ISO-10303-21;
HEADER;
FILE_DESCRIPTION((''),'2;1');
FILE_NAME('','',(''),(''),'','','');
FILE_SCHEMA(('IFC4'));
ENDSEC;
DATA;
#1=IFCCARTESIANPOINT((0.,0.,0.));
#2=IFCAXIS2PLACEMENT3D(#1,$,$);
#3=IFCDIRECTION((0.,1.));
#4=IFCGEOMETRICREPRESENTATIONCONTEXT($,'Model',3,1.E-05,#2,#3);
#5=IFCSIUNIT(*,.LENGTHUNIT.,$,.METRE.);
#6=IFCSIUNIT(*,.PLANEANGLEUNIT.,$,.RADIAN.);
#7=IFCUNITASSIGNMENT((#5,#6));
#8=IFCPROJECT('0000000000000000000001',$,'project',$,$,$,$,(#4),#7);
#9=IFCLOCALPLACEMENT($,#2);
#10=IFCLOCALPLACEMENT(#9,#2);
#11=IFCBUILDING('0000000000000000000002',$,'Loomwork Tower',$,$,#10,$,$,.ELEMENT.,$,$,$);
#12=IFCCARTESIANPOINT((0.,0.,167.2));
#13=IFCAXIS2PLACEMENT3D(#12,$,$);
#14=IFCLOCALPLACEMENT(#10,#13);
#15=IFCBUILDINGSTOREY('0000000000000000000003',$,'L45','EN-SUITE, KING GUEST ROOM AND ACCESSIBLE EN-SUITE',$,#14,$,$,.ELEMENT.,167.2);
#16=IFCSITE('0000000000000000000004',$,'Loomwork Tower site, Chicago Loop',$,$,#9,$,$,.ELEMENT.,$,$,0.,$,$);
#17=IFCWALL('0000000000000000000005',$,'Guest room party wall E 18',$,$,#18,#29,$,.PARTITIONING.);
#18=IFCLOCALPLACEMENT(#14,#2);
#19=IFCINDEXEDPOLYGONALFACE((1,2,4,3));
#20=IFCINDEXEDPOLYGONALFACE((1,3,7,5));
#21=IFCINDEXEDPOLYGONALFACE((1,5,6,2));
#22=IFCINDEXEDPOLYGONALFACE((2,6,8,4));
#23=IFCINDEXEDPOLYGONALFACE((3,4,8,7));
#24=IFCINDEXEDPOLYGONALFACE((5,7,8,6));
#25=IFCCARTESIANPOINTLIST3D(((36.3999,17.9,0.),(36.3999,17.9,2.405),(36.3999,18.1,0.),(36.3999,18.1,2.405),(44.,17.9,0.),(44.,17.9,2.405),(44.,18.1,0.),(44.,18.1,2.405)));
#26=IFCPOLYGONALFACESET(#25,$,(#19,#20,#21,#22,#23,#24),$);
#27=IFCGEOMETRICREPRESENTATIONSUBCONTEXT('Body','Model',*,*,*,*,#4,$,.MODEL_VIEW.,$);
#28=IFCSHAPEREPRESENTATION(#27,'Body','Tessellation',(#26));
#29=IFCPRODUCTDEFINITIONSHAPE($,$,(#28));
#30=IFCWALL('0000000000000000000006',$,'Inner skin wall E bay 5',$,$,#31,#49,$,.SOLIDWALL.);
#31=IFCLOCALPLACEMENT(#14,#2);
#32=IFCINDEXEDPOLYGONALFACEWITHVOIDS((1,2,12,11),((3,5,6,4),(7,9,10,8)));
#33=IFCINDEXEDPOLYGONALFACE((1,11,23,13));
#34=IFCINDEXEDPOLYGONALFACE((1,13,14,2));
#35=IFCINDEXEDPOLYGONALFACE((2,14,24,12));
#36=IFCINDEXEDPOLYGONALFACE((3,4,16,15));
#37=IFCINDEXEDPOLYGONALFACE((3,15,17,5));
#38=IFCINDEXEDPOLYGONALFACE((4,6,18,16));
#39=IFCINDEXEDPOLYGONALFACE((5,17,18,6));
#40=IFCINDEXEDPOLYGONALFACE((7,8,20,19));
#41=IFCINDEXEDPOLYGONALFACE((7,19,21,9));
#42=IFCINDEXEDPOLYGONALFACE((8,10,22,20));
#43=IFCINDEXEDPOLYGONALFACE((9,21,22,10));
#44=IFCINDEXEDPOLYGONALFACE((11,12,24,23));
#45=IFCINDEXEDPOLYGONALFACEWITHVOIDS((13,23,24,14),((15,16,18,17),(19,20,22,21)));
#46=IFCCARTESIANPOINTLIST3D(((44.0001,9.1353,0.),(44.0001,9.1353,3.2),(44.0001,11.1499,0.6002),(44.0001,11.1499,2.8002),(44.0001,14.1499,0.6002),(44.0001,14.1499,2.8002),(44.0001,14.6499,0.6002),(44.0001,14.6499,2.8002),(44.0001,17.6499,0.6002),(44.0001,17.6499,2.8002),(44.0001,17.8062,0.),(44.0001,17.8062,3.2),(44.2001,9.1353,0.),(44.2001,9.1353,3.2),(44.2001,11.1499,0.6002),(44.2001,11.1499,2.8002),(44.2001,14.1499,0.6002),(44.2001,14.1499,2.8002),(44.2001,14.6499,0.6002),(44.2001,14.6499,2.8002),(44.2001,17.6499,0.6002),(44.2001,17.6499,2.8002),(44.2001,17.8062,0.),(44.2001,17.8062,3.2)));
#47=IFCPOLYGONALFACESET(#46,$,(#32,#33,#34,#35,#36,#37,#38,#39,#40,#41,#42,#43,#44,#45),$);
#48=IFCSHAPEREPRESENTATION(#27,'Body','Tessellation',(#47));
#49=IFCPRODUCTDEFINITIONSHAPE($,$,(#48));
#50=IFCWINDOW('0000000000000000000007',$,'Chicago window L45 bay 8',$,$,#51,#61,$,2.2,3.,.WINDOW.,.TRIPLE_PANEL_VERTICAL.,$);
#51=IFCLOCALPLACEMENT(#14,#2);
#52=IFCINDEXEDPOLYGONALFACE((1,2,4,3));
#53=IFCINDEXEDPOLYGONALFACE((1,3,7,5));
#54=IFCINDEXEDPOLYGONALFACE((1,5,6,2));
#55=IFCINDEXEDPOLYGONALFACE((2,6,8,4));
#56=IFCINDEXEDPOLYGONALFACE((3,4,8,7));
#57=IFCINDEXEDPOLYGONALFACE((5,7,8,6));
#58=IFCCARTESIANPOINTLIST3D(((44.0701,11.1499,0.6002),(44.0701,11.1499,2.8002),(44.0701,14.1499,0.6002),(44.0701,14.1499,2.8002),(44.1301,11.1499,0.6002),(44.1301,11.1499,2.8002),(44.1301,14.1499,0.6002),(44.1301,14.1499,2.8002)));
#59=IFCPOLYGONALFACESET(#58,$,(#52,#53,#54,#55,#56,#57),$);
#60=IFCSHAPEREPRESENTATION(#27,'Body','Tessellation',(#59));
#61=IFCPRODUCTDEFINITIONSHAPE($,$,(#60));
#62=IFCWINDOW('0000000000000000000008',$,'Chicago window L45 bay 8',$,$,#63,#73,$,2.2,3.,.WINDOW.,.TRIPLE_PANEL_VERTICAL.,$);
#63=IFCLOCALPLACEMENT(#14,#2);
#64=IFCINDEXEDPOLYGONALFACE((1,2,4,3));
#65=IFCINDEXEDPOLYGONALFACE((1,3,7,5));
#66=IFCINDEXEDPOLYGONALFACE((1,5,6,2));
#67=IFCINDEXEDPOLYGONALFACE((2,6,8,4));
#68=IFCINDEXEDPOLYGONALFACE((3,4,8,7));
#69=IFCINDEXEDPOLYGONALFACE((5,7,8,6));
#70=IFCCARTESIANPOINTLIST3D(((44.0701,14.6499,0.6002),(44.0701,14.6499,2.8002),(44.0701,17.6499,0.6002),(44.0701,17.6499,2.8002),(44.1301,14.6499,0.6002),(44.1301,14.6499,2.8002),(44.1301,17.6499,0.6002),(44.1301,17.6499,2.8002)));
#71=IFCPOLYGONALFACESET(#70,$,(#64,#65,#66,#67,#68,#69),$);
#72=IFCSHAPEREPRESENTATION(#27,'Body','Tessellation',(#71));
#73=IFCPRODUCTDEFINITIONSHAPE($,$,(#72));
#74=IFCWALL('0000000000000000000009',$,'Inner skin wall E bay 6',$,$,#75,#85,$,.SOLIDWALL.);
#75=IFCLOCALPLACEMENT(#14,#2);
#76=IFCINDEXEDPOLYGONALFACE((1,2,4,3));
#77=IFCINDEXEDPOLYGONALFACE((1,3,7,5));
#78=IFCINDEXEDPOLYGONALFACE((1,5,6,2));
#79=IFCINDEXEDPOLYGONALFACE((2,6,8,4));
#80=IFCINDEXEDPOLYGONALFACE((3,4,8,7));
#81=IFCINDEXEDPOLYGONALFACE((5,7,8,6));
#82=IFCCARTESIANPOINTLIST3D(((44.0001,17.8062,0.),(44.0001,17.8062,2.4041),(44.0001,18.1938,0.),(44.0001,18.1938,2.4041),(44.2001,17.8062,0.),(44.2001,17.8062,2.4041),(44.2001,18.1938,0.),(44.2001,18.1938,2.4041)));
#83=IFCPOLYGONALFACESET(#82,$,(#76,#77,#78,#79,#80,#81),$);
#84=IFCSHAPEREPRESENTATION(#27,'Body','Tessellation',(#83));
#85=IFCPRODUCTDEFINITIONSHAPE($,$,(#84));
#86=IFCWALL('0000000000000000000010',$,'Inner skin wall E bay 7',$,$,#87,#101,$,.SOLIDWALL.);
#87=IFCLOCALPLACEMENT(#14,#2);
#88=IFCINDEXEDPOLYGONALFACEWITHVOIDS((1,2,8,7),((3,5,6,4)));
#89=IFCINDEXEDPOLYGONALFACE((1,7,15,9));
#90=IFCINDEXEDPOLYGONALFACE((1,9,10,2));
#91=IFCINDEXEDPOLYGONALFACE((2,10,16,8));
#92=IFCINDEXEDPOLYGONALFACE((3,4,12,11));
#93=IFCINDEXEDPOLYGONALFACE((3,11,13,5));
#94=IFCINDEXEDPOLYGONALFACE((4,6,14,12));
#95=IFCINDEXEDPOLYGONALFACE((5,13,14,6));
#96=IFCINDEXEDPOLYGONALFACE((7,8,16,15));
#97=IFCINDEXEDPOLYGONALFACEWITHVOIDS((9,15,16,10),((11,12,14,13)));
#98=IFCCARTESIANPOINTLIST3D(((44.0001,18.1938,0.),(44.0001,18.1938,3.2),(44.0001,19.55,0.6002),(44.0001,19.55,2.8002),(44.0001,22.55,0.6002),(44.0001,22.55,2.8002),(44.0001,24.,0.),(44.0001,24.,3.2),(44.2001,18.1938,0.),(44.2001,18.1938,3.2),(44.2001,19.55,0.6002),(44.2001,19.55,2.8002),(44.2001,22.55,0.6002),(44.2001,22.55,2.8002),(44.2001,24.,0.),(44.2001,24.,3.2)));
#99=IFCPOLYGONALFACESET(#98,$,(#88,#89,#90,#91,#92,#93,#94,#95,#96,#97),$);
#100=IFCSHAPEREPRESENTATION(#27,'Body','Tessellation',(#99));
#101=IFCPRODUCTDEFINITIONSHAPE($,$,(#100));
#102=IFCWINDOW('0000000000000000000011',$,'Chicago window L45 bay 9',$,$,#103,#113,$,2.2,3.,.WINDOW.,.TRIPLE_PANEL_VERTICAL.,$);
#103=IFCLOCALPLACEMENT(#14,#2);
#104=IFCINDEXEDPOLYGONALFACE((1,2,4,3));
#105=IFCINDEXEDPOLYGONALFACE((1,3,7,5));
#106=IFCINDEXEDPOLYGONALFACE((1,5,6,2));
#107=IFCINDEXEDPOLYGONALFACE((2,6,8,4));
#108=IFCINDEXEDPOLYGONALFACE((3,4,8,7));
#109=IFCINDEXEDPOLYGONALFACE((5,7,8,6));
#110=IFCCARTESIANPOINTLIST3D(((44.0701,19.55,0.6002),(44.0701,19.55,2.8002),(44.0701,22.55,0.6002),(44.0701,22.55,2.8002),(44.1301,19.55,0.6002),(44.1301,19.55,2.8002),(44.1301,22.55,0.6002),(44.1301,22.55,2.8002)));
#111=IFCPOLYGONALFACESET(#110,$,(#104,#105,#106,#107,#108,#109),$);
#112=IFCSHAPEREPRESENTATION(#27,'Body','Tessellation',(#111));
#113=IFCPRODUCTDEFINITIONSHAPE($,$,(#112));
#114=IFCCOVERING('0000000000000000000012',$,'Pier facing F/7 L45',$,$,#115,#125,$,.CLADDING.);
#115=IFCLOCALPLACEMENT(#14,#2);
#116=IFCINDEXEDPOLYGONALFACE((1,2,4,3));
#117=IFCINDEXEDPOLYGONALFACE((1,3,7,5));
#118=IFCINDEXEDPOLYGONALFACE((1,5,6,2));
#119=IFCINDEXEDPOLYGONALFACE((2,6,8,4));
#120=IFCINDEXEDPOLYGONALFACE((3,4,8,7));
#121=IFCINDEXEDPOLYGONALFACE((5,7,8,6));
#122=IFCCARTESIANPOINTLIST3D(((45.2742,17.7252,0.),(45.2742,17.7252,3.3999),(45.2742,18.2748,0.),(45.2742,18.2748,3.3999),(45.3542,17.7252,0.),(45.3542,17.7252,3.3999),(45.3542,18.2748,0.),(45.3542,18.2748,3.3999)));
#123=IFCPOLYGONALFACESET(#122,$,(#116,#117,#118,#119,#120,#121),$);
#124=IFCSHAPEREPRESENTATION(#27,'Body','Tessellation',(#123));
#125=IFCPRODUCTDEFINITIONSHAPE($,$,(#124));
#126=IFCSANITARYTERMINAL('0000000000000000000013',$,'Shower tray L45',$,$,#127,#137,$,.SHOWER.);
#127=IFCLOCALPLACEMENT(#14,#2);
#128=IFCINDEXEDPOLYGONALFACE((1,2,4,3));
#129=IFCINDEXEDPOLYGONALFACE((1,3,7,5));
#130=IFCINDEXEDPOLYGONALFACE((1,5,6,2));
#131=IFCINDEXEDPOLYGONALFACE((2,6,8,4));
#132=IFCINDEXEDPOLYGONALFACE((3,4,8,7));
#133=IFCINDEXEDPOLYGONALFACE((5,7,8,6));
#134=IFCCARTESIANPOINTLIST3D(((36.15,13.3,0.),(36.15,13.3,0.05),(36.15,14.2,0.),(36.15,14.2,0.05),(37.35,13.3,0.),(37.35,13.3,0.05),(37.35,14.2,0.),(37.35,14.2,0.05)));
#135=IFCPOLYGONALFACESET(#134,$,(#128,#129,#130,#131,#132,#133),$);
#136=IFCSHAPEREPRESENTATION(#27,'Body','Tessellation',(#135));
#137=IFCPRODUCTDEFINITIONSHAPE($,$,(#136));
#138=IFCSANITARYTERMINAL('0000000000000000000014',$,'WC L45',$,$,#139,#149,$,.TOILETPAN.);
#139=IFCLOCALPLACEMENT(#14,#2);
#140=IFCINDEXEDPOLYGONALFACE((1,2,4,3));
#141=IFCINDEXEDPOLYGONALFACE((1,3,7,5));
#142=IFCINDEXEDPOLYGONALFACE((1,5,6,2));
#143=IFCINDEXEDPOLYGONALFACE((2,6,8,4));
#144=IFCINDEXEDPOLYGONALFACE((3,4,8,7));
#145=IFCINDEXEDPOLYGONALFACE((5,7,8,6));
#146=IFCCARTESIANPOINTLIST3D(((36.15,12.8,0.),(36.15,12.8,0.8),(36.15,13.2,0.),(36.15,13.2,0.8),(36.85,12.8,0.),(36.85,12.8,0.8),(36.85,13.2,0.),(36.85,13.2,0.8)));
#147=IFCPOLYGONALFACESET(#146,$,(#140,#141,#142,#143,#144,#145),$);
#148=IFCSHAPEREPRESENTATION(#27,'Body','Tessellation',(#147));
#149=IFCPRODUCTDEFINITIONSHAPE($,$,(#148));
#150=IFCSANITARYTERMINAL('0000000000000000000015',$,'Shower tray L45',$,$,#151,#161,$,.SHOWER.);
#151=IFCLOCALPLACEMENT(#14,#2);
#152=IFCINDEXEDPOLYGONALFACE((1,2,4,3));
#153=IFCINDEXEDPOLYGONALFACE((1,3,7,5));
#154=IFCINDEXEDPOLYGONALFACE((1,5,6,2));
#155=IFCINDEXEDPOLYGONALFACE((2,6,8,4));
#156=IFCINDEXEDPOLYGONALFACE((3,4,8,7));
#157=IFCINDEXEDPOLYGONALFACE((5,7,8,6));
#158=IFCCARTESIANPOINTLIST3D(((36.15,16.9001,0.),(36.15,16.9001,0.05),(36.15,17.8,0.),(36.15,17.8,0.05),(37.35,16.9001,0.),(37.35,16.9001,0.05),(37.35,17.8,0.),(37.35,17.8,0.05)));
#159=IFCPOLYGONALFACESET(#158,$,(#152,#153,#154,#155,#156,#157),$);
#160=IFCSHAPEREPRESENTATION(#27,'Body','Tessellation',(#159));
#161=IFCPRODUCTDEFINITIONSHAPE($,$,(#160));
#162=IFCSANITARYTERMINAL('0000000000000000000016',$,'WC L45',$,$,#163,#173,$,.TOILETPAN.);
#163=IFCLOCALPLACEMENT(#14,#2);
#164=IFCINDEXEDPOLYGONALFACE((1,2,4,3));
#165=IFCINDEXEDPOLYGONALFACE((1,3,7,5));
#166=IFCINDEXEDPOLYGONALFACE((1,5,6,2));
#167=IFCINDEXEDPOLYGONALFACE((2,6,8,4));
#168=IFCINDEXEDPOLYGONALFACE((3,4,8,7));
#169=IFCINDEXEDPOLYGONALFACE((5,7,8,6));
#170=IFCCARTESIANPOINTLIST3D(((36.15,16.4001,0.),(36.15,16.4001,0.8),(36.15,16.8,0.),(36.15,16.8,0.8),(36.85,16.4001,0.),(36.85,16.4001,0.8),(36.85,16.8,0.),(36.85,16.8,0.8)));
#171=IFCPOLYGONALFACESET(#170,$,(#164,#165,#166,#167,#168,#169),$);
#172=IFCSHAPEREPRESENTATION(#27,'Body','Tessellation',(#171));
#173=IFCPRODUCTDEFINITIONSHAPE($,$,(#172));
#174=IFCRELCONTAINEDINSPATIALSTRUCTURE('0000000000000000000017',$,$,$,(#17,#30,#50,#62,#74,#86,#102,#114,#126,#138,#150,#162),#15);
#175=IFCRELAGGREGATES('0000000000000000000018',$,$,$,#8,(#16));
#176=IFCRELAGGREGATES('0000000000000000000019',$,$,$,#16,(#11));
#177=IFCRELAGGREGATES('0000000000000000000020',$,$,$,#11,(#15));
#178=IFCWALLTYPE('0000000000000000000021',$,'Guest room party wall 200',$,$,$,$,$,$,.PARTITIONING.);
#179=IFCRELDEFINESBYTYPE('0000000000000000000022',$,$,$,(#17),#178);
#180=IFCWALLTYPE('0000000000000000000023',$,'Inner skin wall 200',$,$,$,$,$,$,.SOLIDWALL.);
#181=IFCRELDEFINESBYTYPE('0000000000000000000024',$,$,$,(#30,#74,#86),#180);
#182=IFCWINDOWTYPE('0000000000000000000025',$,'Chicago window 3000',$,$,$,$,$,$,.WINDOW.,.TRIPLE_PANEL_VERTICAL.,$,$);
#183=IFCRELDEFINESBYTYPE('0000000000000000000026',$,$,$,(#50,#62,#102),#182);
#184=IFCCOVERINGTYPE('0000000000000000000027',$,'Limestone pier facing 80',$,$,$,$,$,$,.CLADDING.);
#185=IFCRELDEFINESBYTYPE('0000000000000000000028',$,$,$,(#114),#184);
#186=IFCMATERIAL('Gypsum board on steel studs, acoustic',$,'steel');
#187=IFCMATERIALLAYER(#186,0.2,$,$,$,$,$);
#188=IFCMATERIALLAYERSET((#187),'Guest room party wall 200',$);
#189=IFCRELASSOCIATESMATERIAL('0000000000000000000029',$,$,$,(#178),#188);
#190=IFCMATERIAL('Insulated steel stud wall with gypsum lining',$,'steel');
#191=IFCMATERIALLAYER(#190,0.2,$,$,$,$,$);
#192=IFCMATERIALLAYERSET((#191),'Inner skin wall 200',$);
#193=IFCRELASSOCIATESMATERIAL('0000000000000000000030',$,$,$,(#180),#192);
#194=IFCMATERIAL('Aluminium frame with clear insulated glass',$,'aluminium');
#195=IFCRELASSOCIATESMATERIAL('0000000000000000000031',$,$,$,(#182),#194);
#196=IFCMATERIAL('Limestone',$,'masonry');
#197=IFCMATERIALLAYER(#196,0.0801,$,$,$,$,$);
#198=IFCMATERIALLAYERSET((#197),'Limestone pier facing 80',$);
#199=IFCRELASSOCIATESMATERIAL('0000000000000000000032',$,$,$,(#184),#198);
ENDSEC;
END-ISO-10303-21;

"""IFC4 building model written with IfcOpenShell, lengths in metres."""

from ifc_helpers import new_model, si_unit, direction, frame, frame_2d, origin, origin_2d, place, context, subcontext, project, spatial, rectangle, extrude, material, layer, layer_set, type_object, element, fill, save


model = new_model("IFC4")

# Units and contexts
model_context = context("Model", 3, precision=1e-05, world=origin(), true_north=direction((0.0, 1.0)))
body_context = subcontext(model_context, "Body", "Model", "MODEL_VIEW")
ifc_project = project(units=[si_unit("LENGTHUNIT", "METRE"), si_unit("PLANEANGLEUNIT", "RADIAN")], contexts=[model_context])

# Site, building, storey
site_placement = place(None, origin())
site = spatial("IfcSite", under=ifc_project, at=site_placement, Name="Loomwork Tower site, Chicago Loop", CompositionType="ELEMENT", RefElevation=0.0)
building_placement = place(site_placement, origin())
building = spatial("IfcBuilding", under=site, at=building_placement, Name="Loomwork Tower", CompositionType="ELEMENT")
storey_placement = place(building_placement, frame((0.0, 0.0, 167.2)))
storey = spatial("IfcBuildingStorey", under=building, at=storey_placement, Name="L45", Description="EN-SUITE, KING GUEST ROOM AND ACCESSIBLE EN-SUITE", CompositionType="ELEMENT", Elevation=167.2)

# Wall
ifc_material_1 = material(Name="Gypsum board on steel studs, acoustic", Category="steel")
ifc_layer_1 = layer(ifc_material_1, 0.2)
ifc_layer_set_1 = layer_set([ifc_layer_1], Name="Guest room party wall 200")
wall_type_1 = type_object("IfcWallType", Name="Guest room party wall 200", PredefinedType="PARTITIONING", material=ifc_layer_set_1)
wall_1_placement = place(storey_placement, frame((36.3999, 18.0, 0.0), z_axis=(0.0, 0.0, 1.0), x_axis=(1.0, 0.0, 0.0)))
element("IfcWall", 1, at=wall_1_placement, inside=storey, type_object=wall_type_1, Name="Guest room party wall E 18", PredefinedType="PARTITIONING", context=body_context, shape_type="SweptSolid", body=[
    extrude(rectangle(XDim=7.6001, YDim=0.2, at=frame_2d((3.8, 0.0))), origin(), (0.0, 0.0, 1.0), 2.405),
])

# Wall, openings, windows
ifc_material_2 = material(Name="Insulated steel stud wall with gypsum lining", Category="steel")
ifc_layer_2 = layer(ifc_material_2, 0.2)
ifc_layer_set_2 = layer_set([ifc_layer_2], Name="Inner skin wall 200")
wall_type_2 = type_object("IfcWallType", Name="Inner skin wall 200", PredefinedType="SOLIDWALL", material=ifc_layer_set_2)
wall_2_placement = place(storey_placement, frame((44.1001, 9.1353, 0.0), z_axis=(0.0, 0.0, 1.0), x_axis=(0.0, 1.0, 0.0)))
wall_2 = element("IfcWall", 2, at=wall_2_placement, inside=storey, type_object=wall_type_2, Name="Inner skin wall E bay 5", PredefinedType="SOLIDWALL", context=body_context, shape_type="SweptSolid", body=[
    extrude(rectangle(XDim=8.6709, YDim=0.2, at=frame_2d((4.3354, 0.0))), origin(), (0.0, 0.0, 1.0), 3.2),
])
opening_1_placement = place(wall_2_placement, frame((2.0146, 0.0, 0.6001)))
opening_1 = element("IfcOpeningElement", 3, at=opening_1_placement, cuts=wall_2, PredefinedType="OPENING", context=body_context, shape_type="SweptSolid", body=[
    extrude(rectangle(XDim=3.0, YDim=2.2, at=frame_2d((1.5, 1.1001))), frame((0.0, 0.1099, 0.0), z_axis=(0.0, -1.0, 0.0), x_axis=(1.0, 0.0, 0.0)), (0.0, 0.0, 1.0), 0.22),
])
opening_2_placement = place(wall_2_placement, frame((5.5146, 0.0, 0.6001)))
opening_2 = element("IfcOpeningElement", 4, at=opening_2_placement, cuts=wall_2, PredefinedType="OPENING", context=body_context, shape_type="SweptSolid", body=[
    extrude(rectangle(XDim=3.0, YDim=2.2, at=frame_2d((1.5, 1.1001))), frame((0.0, 0.1099, 0.0), z_axis=(0.0, -1.0, 0.0), x_axis=(1.0, 0.0, 0.0)), (0.0, 0.0, 1.0), 0.22),
])
ifc_material_3 = material(Name="Aluminium frame with clear insulated glass", Category="aluminium")
window_type = type_object("IfcWindowType", Name="Chicago window 3000", PartitioningType="TRIPLE_PANEL_VERTICAL", PredefinedType="WINDOW", material=ifc_material_3)
window_1_placement = place(opening_1_placement, origin())
window_1 = element("IfcWindow", 5, at=window_1_placement, inside=storey, type_object=window_type, Name="Chicago window L45 bay 8", OverallHeight=2.2, OverallWidth=3.0, PartitioningType="TRIPLE_PANEL_VERTICAL", PredefinedType="WINDOW", context=body_context, shape_type="SweptSolid", body=[
    extrude(rectangle(XDim=3.0, YDim=2.2, at=frame_2d((1.5, 1.1001))), frame((0.0, 0.03, 0.0), z_axis=(0.0, -1.0, 0.0), x_axis=(1.0, 0.0, 0.0)), (0.0, 0.0, 1.0), 0.0601),
])
fill(opening_1, window_1)
window_2_placement = place(opening_2_placement, origin())
window_2 = element("IfcWindow", 6, at=window_2_placement, inside=storey, type_object=window_type, Name="Chicago window L45 bay 8", OverallHeight=2.2, OverallWidth=3.0, PartitioningType="TRIPLE_PANEL_VERTICAL", PredefinedType="WINDOW", context=body_context, shape_type="SweptSolid", body=[
    extrude(rectangle(XDim=3.0, YDim=2.2, at=frame_2d((1.5, 1.1001))), frame((0.0, 0.03, 0.0), z_axis=(0.0, -1.0, 0.0), x_axis=(1.0, 0.0, 0.0)), (0.0, 0.0, 1.0), 0.0601),
])
fill(opening_2, window_2)

# Wall
wall_3_placement = place(storey_placement, frame((44.1001, 17.8062, 0.0), z_axis=(0.0, 0.0, 1.0), x_axis=(0.0, 1.0, 0.0)))
element("IfcWall", 7, at=wall_3_placement, inside=storey, type_object=wall_type_2, Name="Inner skin wall E bay 6", PredefinedType="SOLIDWALL", context=body_context, shape_type="SweptSolid", body=[
    extrude(rectangle(XDim=0.3877, YDim=0.2, at=frame_2d((0.1938, 0.0))), origin(), (0.0, 0.0, 1.0), 2.4041),
])

# Wall, opening, window
wall_4_placement = place(storey_placement, frame((44.1001, 18.1938, 0.0), z_axis=(0.0, 0.0, 1.0), x_axis=(0.0, 1.0, 0.0)))
wall_4 = element("IfcWall", 8, at=wall_4_placement, inside=storey, type_object=wall_type_2, Name="Inner skin wall E bay 7", PredefinedType="SOLIDWALL", context=body_context, shape_type="SweptSolid", body=[
    extrude(rectangle(XDim=5.8062, YDim=0.2, at=frame_2d((2.9031, 0.0))), origin(), (0.0, 0.0, 1.0), 3.2),
])
opening_3_placement = place(wall_4_placement, frame((1.3562, 0.0, 0.6001)))
opening_3 = element("IfcOpeningElement", 9, at=opening_3_placement, cuts=wall_4, PredefinedType="OPENING", context=body_context, shape_type="SweptSolid", body=[
    extrude(rectangle(XDim=3.0, YDim=2.2, at=frame_2d((1.5, 1.1001))), frame((0.0, 0.1099, 0.0), z_axis=(0.0, -1.0, 0.0), x_axis=(1.0, 0.0, 0.0)), (0.0, 0.0, 1.0), 0.22),
])
window_3_placement = place(opening_3_placement, origin())
window_3 = element("IfcWindow", 10, at=window_3_placement, inside=storey, type_object=window_type, Name="Chicago window L45 bay 9", OverallHeight=2.2, OverallWidth=3.0, PartitioningType="TRIPLE_PANEL_VERTICAL", PredefinedType="WINDOW", context=body_context, shape_type="SweptSolid", body=[
    extrude(rectangle(XDim=3.0, YDim=2.2, at=frame_2d((1.5, 1.1001))), frame((0.0, 0.03, 0.0), z_axis=(0.0, -1.0, 0.0), x_axis=(1.0, 0.0, 0.0)), (0.0, 0.0, 1.0), 0.0601),
])
fill(opening_3, window_3)

# Covering
ifc_material_4 = material(Name="Limestone", Category="masonry")
ifc_layer_3 = layer(ifc_material_4, 0.0801)
ifc_layer_set_3 = layer_set([ifc_layer_3], Name="Limestone pier facing 80")
covering_type = type_object("IfcCoveringType", Name="Limestone pier facing 80", PredefinedType="CLADDING", material=ifc_layer_set_3)
covering_placement = place(storey_placement, frame((45.3142, 18.0, 0.0), z_axis=(0.0, 0.0, 1.0), x_axis=(1.0, 0.0, 0.0)))
element("IfcCovering", 11, at=covering_placement, inside=storey, type_object=covering_type, Name="Pier facing F/7 L45", PredefinedType="CLADDING", context=body_context, shape_type="SweptSolid", body=[
    extrude(rectangle(XDim=0.0801, YDim=0.5496, at=origin_2d()), origin(), (0.0, 0.0, 1.0), 3.3999),
])

# Sanitary terminals
sanitary_terminal_1_placement = place(storey_placement, frame((36.75, 13.75, 0.0), z_axis=(0.0, 0.0, 1.0), x_axis=(1.0, 0.0, 0.0)))
element("IfcSanitaryTerminal", 12, at=sanitary_terminal_1_placement, inside=storey, Name="Shower tray L45", PredefinedType="SHOWER", context=body_context, shape_type="SweptSolid", body=[
    extrude(rectangle(XDim=1.2, YDim=0.8999, at=origin_2d()), origin(), (0.0, 0.0, 1.0), 0.05),
])
sanitary_terminal_2_placement = place(storey_placement, frame((36.5, 13.0, 0.0), z_axis=(0.0, 0.0, 1.0), x_axis=(1.0, 0.0, 0.0)))
element("IfcSanitaryTerminal", 13, at=sanitary_terminal_2_placement, inside=storey, Name="WC L45", PredefinedType="TOILETPAN", context=body_context, shape_type="SweptSolid", body=[
    extrude(rectangle(XDim=0.7, YDim=0.3999, at=origin_2d()), origin(), (0.0, 0.0, 1.0), 0.8),
])
sanitary_terminal_3_placement = place(storey_placement, frame((36.75, 17.3501, 0.0), z_axis=(0.0, 0.0, 1.0), x_axis=(1.0, 0.0, 0.0)))
element("IfcSanitaryTerminal", 14, at=sanitary_terminal_3_placement, inside=storey, Name="Shower tray L45", PredefinedType="SHOWER", context=body_context, shape_type="SweptSolid", body=[
    extrude(rectangle(XDim=1.2, YDim=0.8999, at=origin_2d()), origin(), (0.0, 0.0, 1.0), 0.05),
])
sanitary_terminal_4_placement = place(storey_placement, frame((36.5, 16.6001, 0.0), z_axis=(0.0, 0.0, 1.0), x_axis=(1.0, 0.0, 0.0)))
element("IfcSanitaryTerminal", 15, at=sanitary_terminal_4_placement, inside=storey, Name="WC L45", PredefinedType="TOILETPAN", context=body_context, shape_type="SweptSolid", body=[
    extrude(rectangle(XDim=0.7, YDim=0.3999, at=origin_2d()), origin(), (0.0, 0.0, 1.0), 0.8),
])

save(model, "model.ifc")
